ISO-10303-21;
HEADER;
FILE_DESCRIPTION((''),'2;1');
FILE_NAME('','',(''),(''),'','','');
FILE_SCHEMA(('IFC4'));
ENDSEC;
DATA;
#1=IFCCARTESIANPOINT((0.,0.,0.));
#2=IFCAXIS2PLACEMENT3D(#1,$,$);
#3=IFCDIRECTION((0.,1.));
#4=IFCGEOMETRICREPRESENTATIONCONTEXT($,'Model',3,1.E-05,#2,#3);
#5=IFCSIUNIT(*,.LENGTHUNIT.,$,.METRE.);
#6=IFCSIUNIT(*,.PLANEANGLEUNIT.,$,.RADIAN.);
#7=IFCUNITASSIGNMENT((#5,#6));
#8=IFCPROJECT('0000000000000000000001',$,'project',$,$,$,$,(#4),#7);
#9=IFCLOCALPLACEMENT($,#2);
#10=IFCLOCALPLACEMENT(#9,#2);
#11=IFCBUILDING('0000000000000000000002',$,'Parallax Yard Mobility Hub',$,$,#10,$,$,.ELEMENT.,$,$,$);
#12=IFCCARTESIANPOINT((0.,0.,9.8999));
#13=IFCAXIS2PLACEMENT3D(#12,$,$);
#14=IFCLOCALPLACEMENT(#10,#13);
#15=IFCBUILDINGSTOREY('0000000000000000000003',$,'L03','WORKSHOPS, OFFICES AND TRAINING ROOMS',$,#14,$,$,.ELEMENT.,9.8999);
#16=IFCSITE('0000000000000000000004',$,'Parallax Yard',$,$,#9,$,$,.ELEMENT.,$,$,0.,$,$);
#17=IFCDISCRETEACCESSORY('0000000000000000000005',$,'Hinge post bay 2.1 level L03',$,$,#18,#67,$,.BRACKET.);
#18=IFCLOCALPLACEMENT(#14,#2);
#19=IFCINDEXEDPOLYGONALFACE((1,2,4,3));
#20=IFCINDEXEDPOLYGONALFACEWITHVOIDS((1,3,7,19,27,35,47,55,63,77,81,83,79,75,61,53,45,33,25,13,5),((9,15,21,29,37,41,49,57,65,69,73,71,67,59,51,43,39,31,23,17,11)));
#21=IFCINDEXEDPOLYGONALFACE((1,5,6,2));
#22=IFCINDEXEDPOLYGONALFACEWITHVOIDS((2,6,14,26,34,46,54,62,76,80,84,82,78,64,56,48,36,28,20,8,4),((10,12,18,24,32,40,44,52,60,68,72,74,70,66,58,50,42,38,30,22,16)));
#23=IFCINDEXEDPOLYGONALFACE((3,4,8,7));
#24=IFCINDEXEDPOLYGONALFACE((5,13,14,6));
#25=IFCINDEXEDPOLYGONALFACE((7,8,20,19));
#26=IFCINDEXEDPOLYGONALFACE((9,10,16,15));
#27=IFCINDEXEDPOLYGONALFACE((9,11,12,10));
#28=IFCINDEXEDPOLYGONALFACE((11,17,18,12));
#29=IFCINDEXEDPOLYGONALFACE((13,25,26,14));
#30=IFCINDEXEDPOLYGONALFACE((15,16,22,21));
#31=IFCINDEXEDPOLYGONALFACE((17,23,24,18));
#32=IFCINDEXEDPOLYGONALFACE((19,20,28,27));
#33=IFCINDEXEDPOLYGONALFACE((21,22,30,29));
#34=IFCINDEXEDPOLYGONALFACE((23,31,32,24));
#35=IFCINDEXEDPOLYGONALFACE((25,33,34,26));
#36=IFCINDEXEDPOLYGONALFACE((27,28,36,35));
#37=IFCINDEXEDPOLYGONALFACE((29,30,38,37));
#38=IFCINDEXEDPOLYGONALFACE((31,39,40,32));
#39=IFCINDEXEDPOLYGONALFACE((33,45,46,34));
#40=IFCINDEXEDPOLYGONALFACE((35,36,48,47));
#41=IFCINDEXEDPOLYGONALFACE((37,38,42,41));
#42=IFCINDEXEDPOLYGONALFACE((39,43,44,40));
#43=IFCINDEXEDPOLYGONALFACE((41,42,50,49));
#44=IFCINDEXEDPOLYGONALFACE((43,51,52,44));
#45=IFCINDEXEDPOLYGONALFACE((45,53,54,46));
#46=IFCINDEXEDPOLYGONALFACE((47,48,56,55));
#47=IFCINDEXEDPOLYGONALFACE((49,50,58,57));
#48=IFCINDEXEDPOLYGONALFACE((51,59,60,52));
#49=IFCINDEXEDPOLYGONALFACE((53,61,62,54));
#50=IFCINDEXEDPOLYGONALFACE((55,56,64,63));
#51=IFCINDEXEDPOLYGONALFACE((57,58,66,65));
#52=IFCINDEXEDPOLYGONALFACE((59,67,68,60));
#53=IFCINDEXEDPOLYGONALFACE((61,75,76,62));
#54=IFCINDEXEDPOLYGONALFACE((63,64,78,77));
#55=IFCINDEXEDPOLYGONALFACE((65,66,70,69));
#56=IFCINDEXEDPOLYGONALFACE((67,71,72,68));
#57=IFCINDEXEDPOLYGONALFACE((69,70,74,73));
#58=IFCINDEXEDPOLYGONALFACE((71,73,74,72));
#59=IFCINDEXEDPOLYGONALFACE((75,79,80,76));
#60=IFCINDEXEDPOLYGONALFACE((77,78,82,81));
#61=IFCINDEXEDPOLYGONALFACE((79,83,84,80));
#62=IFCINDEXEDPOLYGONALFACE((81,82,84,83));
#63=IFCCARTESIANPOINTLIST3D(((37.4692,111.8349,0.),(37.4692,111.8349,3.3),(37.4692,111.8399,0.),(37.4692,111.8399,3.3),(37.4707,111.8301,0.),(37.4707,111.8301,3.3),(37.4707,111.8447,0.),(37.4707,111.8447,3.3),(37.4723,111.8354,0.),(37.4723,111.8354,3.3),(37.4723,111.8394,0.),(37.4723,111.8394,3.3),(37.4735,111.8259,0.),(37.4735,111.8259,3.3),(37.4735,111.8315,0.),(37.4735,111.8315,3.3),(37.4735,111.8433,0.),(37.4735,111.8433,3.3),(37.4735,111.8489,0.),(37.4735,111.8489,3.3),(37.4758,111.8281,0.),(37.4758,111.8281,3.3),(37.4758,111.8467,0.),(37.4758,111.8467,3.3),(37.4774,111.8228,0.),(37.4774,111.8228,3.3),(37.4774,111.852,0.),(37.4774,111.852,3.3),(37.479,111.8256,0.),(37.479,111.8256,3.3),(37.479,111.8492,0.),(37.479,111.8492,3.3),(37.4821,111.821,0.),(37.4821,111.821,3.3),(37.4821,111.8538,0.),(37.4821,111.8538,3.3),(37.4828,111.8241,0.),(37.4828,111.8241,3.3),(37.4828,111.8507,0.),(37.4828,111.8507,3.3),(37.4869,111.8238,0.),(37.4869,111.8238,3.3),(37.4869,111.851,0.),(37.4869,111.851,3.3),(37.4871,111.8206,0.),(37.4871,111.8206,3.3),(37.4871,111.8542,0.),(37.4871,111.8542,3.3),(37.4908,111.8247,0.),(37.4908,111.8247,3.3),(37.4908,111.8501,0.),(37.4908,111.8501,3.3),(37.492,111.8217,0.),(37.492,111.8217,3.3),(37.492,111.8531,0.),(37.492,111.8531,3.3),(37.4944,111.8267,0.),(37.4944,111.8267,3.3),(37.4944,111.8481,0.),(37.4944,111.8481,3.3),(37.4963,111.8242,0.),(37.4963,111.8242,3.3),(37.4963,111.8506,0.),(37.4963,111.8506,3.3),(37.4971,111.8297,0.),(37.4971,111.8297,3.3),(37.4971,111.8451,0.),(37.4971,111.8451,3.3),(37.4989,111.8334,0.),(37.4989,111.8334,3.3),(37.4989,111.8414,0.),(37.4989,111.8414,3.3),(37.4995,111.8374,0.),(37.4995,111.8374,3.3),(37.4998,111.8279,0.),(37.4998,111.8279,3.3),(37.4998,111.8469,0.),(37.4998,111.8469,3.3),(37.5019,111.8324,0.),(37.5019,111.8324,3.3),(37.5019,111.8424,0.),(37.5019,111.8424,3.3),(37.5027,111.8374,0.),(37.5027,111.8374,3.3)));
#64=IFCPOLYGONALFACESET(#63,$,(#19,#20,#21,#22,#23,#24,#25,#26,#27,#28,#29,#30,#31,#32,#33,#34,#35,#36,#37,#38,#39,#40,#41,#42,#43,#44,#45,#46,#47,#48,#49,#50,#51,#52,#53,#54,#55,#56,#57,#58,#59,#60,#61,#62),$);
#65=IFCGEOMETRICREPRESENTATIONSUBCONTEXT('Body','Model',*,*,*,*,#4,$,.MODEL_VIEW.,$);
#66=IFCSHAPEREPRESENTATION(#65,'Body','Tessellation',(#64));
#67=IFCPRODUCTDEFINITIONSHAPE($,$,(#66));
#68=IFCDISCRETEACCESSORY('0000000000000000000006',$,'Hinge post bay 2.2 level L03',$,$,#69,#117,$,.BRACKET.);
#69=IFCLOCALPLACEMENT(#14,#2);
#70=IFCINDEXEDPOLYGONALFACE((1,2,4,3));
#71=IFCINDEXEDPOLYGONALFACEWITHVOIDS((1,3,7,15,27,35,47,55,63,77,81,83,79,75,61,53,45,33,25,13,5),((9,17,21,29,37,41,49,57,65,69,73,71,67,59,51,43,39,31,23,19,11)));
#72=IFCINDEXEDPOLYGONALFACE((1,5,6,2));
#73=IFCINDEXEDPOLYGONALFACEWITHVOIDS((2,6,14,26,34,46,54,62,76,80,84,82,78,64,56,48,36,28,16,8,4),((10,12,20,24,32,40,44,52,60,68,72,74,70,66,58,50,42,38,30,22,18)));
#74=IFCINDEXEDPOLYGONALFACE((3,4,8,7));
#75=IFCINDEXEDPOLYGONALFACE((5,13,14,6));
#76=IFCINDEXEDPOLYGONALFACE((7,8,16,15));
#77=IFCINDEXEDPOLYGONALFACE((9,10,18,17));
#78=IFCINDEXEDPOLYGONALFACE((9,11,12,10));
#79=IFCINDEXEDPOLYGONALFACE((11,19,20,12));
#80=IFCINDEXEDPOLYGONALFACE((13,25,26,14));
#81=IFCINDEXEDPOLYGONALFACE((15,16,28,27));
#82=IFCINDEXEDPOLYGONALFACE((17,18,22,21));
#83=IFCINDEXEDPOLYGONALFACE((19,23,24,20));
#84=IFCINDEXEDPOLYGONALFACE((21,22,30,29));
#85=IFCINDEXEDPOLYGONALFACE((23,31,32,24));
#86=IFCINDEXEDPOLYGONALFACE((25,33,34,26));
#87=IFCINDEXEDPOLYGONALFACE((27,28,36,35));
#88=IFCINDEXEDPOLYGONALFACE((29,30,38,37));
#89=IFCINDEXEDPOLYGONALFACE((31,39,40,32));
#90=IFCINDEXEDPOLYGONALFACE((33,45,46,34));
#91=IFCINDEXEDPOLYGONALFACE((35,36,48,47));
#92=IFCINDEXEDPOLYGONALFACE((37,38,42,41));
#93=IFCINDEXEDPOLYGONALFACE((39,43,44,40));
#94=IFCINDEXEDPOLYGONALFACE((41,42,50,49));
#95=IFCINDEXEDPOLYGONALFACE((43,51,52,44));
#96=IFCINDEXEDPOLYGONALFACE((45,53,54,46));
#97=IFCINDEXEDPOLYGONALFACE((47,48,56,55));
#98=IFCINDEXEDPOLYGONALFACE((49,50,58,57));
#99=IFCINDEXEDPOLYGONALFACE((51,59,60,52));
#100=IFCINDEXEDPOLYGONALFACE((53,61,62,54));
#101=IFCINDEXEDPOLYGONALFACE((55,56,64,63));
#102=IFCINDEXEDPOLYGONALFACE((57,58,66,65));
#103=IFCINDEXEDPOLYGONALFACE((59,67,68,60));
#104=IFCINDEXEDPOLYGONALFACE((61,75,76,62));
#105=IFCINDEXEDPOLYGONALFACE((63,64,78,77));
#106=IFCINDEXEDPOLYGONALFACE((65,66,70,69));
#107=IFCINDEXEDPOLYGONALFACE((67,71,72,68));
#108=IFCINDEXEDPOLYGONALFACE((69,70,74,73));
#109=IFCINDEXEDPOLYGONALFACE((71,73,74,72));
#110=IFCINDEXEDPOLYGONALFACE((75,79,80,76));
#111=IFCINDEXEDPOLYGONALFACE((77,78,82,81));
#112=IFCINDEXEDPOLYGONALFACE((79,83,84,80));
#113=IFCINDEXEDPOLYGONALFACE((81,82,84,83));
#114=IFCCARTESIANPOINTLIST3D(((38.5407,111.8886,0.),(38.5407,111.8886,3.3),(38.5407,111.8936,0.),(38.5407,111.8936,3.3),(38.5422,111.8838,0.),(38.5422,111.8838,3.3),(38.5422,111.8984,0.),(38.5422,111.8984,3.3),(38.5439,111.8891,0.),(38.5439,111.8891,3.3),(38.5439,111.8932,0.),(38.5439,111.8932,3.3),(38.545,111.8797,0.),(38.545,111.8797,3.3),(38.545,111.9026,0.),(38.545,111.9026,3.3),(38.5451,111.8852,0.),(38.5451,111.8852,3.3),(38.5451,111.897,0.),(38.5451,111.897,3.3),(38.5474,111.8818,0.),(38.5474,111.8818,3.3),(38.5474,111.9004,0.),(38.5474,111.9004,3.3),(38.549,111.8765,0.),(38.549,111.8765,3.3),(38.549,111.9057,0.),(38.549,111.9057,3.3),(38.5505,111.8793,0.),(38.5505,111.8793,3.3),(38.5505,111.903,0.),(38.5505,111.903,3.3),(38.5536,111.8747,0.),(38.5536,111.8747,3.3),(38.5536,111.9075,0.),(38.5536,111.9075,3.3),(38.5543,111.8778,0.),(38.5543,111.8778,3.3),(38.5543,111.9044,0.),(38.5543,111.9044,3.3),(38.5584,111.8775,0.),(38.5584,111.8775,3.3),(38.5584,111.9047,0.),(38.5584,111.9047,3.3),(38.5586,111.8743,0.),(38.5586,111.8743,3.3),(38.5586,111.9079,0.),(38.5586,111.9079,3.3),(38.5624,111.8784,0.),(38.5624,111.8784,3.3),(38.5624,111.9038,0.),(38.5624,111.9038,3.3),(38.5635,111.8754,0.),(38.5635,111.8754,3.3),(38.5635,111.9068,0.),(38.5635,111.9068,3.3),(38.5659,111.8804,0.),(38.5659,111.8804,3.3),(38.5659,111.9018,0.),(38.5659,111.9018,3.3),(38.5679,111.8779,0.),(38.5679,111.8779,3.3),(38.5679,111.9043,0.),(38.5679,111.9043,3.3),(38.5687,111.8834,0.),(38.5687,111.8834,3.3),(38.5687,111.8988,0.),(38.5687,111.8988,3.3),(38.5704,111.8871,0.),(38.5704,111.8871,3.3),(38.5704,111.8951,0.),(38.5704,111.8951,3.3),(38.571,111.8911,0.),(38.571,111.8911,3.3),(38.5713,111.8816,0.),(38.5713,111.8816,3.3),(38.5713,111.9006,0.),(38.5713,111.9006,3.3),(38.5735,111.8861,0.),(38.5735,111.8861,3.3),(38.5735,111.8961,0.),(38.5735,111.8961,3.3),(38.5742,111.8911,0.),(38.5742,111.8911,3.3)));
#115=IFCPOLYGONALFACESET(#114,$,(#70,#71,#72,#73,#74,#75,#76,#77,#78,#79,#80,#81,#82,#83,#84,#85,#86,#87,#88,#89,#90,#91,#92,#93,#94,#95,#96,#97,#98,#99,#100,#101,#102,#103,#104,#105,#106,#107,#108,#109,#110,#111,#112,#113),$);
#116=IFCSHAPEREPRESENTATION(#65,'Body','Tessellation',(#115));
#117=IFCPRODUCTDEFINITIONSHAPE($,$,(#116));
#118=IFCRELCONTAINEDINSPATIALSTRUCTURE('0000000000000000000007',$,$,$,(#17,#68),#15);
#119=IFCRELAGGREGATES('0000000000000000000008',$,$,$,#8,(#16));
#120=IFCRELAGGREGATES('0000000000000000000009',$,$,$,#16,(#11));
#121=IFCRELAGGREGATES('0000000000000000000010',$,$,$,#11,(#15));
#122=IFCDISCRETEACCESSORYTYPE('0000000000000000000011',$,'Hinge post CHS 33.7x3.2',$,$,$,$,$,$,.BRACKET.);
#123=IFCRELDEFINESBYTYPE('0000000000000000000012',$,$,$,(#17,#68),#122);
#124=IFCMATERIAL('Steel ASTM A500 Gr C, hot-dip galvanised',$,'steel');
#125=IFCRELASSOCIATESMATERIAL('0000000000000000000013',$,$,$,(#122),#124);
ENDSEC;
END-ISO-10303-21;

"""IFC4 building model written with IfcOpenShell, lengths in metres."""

from ifc_helpers import new_model, si_unit, direction, frame, origin, origin_2d, place, context, subcontext, project, spatial, hollow_circle, extrude, material, material_profile, profile_set, type_object, element, save


model = new_model("IFC4")

# Units and contexts
model_context = context("Model", 3, precision=1e-05, world=origin(), true_north=direction((0.0, 1.0)))
body_context = subcontext(model_context, "Body", "Model", "MODEL_VIEW")
ifc_project = project(units=[si_unit("LENGTHUNIT", "METRE"), si_unit("PLANEANGLEUNIT", "RADIAN")], contexts=[model_context])

# Site, building, storey
site_placement = place(None, origin())
site = spatial("IfcSite", under=ifc_project, at=site_placement, Name="Parallax Yard", CompositionType="ELEMENT", RefElevation=0.0)
building_placement = place(site_placement, origin())
building = spatial("IfcBuilding", under=site, at=building_placement, Name="Parallax Yard Mobility Hub", CompositionType="ELEMENT")
storey_placement = place(building_placement, frame((0.0, 0.0, 9.8999)))
storey = spatial("IfcBuildingStorey", under=building, at=storey_placement, Name="L03", Description="WORKSHOPS, OFFICES AND TRAINING ROOMS", CompositionType="ELEMENT", Elevation=9.8999)

# Discrete accessories
ifc_material_1 = material(Name="Steel ASTM A500 Gr C, hot-dip galvanised", Category="steel")
ifc_material_profile = material_profile(ifc_material_1, hollow_circle(Radius=0.0168, WallThickness=0.0032, at=origin_2d()), Name="CHS 33.7x3.2")
ifc_profile_set = profile_set([ifc_material_profile], Name="Steel ASTM A500 Gr C, hot-dip galvanised")
discrete_accessory_type_1 = type_object("IfcDiscreteAccessoryType", Name="Hinge post CHS 33.7x3.2", PredefinedType="BRACKET", material=ifc_profile_set)
for number, where, z_axis, x_axis, name in (
    (1, (37.4858, 111.8374, 0.0), (0.0, 0.0, 1.0), (1.0, 0.0, 0.0), "Hinge post bay 2.1 level L03"),
    (2, (38.5574, 111.8911, 0.0), (0.0, 0.0, 1.0), (1.0, 0.0, 0.0), "Hinge post bay 2.2 level L03"),
):
    element("IfcDiscreteAccessory", number, at=place(storey_placement, frame(where, z_axis=z_axis, x_axis=x_axis)), inside=storey, type_object=discrete_accessory_type_1, Name=name, PredefinedType="BRACKET", context=body_context, shape_type="SweptSolid", body=[
        extrude(hollow_circle(Radius=0.0168, WallThickness=0.0032, at=origin_2d()), origin(), (0.0, 0.0, 1.0), 3.3),
    ])

save(model, "model.ifc")
